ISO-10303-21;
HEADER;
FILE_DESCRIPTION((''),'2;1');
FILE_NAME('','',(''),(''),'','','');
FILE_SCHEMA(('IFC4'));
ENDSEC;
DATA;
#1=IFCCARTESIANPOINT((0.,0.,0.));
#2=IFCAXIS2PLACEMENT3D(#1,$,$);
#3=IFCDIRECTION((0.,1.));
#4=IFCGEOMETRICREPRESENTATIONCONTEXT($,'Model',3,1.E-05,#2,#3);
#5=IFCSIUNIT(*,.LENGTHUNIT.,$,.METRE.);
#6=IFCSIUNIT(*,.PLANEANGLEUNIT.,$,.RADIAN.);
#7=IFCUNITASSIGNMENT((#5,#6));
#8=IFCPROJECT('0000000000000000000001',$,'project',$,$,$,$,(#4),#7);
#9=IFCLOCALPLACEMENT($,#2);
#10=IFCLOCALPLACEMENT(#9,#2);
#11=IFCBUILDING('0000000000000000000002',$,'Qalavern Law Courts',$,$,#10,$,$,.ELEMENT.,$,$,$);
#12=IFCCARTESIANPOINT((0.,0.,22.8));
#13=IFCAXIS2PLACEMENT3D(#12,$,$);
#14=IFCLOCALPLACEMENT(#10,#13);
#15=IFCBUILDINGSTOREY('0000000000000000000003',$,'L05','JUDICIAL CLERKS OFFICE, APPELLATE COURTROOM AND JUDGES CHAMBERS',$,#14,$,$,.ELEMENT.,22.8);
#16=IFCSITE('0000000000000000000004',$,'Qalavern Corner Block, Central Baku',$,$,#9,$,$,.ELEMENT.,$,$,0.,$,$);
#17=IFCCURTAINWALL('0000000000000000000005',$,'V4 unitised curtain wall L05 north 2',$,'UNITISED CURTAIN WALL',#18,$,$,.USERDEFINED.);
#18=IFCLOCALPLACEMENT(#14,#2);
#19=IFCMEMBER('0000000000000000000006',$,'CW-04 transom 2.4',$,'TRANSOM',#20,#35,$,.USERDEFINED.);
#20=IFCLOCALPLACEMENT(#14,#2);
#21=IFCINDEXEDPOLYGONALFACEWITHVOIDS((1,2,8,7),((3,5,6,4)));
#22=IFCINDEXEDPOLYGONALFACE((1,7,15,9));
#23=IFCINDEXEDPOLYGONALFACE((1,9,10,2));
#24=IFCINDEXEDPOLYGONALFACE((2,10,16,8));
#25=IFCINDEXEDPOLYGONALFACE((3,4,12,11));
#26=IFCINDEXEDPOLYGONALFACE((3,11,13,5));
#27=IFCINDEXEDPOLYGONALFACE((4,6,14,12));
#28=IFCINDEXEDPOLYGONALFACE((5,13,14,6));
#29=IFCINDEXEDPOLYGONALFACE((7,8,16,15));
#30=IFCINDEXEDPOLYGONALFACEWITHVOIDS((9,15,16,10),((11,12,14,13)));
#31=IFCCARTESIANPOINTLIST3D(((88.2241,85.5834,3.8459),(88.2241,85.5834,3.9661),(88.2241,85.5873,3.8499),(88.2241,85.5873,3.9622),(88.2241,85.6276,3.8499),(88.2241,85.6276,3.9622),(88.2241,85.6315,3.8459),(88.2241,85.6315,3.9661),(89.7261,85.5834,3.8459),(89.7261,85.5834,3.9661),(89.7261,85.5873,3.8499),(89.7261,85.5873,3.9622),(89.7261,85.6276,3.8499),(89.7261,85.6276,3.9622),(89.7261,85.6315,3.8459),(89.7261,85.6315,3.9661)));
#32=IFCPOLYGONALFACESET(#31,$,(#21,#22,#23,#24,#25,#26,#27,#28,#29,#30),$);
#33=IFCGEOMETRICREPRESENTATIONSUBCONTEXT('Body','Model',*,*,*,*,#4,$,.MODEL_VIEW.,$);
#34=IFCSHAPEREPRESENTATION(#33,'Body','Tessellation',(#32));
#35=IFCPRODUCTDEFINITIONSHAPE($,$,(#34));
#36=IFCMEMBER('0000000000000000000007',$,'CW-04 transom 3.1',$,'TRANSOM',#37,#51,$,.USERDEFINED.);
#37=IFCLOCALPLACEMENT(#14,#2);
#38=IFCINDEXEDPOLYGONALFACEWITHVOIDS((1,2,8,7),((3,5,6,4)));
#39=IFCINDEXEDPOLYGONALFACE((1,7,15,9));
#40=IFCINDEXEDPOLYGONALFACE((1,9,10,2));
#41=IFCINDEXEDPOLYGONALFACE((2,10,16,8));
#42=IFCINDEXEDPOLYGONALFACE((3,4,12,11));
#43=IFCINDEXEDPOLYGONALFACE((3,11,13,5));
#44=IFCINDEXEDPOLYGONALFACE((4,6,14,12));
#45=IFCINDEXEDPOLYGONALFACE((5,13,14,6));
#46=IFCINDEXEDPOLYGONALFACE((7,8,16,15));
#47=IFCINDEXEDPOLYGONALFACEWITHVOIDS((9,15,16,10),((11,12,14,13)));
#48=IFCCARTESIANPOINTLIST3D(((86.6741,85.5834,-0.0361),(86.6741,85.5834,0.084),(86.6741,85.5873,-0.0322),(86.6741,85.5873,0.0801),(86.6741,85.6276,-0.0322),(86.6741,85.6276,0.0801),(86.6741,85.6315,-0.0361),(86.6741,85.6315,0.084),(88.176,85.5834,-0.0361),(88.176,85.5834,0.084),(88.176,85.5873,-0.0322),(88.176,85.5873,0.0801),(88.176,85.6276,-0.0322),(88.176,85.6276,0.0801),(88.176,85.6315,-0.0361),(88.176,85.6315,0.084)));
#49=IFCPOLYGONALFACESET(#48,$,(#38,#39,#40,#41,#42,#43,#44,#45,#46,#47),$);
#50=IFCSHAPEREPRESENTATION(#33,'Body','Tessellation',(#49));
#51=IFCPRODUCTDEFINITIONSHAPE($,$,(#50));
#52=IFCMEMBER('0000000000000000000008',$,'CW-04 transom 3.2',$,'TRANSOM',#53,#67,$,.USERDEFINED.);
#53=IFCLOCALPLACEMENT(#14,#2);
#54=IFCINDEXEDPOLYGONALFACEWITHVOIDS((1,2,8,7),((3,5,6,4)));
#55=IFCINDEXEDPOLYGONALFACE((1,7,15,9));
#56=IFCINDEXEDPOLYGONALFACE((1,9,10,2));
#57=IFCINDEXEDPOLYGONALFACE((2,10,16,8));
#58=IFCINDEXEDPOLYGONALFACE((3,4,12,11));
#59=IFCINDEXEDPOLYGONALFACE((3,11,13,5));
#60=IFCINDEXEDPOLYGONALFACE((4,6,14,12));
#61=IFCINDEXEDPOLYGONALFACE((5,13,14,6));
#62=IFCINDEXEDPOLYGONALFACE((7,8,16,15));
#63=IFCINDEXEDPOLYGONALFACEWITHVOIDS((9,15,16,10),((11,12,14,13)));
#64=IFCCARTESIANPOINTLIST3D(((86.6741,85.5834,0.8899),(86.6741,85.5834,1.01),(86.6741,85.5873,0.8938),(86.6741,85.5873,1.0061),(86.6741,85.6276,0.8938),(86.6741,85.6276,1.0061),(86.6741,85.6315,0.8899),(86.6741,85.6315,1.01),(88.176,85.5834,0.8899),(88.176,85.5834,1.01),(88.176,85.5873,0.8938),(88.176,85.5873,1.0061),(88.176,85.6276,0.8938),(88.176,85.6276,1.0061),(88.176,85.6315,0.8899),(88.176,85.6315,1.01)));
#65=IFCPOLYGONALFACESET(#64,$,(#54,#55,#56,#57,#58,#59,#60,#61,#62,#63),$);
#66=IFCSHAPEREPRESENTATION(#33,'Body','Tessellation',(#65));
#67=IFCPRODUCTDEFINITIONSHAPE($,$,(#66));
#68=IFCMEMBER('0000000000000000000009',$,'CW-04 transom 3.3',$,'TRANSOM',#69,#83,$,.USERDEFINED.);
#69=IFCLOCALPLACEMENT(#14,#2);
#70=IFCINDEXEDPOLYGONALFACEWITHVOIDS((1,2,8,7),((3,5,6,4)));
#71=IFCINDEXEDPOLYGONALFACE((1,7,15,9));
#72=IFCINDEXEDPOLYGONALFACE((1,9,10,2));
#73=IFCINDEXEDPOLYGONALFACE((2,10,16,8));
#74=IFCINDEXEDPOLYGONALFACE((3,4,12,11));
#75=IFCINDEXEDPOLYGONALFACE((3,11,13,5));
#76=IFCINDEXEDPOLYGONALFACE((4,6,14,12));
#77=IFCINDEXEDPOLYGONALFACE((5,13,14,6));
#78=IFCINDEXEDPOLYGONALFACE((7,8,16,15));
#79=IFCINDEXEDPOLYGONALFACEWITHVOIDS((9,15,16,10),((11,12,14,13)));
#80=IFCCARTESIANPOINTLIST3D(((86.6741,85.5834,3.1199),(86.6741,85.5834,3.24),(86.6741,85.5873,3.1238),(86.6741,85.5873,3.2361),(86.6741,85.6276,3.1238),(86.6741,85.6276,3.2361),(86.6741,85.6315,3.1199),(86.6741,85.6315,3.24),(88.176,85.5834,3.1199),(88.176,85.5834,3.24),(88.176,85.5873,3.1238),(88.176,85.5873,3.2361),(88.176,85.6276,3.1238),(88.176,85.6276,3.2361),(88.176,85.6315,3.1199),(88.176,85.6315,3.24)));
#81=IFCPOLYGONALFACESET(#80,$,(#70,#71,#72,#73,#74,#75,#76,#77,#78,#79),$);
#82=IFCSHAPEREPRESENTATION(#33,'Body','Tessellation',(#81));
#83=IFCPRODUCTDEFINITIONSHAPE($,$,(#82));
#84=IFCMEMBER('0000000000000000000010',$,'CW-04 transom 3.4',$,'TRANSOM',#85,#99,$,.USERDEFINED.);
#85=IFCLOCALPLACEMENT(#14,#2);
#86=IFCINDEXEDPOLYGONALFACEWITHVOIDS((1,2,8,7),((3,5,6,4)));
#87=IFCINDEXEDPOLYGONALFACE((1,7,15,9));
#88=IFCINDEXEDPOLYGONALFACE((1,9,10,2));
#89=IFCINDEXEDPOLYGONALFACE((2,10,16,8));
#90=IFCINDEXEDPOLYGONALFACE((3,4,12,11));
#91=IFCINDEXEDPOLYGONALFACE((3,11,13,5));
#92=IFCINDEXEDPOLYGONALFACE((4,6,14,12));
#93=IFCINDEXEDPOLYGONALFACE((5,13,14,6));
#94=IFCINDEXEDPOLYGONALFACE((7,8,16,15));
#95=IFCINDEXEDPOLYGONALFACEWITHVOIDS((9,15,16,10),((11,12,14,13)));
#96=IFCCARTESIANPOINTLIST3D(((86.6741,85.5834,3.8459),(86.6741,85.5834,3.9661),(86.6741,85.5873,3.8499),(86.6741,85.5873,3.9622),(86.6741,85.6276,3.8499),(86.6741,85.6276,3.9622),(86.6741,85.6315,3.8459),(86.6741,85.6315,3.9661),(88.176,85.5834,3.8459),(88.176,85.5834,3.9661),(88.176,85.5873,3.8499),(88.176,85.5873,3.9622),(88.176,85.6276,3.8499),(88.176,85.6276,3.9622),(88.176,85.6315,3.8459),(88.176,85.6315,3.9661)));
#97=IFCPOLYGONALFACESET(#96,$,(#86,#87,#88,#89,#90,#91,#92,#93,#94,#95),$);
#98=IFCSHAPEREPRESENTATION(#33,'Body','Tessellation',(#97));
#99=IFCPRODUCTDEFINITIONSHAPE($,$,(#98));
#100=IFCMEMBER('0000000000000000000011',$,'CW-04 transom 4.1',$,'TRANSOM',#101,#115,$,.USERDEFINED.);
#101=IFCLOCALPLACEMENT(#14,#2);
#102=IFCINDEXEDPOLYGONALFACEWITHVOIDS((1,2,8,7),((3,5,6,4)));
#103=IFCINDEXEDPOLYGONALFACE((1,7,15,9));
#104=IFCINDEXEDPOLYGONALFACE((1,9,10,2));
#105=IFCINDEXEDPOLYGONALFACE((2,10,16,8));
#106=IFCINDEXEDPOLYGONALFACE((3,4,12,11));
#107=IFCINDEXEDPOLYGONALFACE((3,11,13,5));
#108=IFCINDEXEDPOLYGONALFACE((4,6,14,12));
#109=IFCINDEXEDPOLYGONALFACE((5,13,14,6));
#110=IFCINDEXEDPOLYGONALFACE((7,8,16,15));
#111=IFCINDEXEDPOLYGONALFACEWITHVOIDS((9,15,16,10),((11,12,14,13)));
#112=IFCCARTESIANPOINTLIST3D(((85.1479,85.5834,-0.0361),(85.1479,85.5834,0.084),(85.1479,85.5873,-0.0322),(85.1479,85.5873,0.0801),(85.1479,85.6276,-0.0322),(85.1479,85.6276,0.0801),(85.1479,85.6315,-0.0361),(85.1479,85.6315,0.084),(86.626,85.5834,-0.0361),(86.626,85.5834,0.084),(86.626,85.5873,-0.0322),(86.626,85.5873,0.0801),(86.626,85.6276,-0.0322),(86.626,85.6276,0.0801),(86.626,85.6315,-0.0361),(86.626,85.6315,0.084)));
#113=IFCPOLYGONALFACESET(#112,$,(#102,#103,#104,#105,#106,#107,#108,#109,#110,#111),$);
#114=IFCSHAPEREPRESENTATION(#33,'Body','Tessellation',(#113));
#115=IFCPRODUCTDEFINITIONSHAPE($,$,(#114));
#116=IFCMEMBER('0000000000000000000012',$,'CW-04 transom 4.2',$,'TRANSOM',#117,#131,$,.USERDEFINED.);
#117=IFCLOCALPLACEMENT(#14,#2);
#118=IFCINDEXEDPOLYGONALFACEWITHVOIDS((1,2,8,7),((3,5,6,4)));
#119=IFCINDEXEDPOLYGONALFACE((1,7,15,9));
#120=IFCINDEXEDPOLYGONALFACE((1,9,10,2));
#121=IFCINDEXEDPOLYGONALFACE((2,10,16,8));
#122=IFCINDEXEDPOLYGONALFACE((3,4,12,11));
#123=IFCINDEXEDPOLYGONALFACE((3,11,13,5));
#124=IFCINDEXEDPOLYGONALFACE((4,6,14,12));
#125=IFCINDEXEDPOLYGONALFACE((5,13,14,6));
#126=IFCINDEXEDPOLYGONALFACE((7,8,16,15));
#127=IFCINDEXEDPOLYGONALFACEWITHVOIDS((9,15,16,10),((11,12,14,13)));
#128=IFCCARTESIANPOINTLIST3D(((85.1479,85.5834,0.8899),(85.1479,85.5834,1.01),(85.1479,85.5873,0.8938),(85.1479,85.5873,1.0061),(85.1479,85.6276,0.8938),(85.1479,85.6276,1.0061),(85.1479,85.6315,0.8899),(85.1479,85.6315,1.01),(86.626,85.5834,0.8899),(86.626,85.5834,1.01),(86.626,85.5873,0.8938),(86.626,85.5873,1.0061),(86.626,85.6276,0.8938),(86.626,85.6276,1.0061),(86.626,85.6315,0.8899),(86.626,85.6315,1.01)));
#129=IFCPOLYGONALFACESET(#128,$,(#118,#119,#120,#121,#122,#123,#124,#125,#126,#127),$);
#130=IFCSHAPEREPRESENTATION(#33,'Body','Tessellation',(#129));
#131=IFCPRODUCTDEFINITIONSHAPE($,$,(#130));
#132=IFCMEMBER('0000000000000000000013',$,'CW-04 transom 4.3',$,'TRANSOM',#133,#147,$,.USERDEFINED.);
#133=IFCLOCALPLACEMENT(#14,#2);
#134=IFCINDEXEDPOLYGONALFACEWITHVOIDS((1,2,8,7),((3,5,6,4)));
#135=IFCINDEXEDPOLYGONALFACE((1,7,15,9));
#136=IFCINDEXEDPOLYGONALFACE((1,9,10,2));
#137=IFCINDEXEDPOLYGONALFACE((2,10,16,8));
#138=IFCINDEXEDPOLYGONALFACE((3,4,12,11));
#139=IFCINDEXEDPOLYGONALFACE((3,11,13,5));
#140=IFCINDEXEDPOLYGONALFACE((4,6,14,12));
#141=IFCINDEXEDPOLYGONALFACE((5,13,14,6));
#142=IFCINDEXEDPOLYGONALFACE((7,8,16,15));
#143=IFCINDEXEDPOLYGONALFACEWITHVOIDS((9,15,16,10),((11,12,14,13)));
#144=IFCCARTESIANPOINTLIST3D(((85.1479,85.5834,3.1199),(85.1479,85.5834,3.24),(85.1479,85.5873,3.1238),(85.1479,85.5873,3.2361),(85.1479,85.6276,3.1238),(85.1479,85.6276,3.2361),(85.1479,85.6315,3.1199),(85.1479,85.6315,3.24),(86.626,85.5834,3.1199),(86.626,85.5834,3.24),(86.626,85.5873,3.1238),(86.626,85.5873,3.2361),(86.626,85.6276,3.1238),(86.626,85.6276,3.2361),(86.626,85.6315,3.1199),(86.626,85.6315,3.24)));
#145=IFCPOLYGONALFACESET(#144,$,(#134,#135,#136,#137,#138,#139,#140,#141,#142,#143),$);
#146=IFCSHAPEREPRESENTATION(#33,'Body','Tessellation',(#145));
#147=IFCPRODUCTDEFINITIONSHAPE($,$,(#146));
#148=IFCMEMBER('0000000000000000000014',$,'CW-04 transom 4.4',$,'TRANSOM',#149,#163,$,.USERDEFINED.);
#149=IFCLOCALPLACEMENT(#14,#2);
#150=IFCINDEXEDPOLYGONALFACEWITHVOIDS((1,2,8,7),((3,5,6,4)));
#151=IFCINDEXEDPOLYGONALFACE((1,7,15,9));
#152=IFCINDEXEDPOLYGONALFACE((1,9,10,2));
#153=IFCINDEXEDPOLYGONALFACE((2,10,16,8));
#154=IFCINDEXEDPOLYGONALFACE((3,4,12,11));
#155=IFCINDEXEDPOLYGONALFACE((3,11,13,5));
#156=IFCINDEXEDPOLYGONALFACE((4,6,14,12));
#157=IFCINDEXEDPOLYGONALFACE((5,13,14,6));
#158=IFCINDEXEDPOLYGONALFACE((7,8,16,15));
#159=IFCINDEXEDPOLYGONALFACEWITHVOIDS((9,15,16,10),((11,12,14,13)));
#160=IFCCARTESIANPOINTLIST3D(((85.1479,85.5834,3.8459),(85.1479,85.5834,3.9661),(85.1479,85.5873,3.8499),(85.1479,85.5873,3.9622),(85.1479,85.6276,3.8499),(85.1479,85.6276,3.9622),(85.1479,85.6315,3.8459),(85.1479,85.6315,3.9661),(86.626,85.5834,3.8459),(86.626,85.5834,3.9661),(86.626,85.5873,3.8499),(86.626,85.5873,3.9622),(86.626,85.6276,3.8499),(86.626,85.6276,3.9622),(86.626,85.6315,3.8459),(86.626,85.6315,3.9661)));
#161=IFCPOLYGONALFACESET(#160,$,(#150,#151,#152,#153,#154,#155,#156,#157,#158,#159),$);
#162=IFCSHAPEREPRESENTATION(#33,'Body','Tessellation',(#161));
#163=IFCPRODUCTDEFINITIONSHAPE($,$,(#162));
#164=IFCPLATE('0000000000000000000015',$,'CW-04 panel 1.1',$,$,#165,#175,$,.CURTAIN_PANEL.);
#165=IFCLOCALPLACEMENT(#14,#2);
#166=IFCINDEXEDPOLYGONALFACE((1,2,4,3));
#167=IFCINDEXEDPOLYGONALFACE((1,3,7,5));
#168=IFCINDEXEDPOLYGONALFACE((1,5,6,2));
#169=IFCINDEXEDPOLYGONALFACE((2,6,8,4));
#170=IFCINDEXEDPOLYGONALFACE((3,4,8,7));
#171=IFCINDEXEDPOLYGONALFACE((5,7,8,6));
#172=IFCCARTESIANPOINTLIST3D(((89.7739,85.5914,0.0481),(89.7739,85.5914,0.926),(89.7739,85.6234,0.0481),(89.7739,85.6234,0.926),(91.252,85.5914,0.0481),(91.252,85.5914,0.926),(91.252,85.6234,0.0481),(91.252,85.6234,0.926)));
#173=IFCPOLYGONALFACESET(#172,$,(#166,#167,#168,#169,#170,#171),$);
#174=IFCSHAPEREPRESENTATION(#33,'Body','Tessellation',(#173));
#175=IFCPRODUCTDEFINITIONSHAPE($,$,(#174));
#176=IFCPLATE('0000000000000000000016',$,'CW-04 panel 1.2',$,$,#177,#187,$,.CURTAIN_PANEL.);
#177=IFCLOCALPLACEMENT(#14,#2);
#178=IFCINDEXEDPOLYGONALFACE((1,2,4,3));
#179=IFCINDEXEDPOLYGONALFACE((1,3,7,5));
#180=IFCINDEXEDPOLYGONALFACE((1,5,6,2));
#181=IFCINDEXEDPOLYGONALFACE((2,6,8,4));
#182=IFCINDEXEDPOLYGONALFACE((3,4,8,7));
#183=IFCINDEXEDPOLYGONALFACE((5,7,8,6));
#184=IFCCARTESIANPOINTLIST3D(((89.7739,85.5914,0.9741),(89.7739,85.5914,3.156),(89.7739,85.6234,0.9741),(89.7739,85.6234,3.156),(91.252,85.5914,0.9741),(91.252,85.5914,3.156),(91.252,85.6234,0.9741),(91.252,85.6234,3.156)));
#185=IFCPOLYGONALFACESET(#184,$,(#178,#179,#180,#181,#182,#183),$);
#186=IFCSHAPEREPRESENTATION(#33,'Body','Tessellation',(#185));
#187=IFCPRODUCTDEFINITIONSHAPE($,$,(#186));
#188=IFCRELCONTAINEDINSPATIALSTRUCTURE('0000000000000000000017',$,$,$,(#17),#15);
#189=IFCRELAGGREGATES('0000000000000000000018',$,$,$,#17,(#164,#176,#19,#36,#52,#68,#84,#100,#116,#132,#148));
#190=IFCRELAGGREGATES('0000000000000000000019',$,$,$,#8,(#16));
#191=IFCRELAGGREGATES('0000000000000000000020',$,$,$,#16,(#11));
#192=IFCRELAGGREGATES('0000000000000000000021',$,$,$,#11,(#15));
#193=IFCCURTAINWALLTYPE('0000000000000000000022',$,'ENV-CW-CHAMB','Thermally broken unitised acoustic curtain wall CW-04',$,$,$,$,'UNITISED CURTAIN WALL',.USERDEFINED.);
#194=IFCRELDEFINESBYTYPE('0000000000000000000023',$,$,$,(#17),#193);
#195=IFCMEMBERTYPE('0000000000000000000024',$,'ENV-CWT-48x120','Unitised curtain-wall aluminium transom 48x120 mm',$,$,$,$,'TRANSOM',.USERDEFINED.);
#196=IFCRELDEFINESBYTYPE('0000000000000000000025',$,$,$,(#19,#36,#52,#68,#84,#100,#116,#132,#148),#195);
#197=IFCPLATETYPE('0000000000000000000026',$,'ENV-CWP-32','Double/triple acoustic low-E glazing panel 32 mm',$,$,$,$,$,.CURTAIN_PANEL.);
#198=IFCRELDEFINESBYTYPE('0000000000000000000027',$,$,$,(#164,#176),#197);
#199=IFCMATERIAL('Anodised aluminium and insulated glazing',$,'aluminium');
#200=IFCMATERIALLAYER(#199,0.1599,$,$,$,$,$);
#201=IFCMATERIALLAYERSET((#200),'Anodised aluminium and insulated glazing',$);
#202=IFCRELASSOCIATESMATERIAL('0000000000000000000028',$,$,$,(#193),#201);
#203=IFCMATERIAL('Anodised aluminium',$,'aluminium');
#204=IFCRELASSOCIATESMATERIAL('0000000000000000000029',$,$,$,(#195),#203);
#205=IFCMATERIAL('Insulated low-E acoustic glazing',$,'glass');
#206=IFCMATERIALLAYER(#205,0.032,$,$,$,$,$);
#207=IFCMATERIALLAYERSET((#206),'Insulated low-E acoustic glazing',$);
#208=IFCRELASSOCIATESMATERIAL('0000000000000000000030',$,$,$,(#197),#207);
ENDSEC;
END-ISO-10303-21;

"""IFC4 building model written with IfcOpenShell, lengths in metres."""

from ifc_helpers import new_model, si_unit, direction, frame, origin, origin_2d, place, context, subcontext, project, spatial, rectangle, hollow_rectangle, extrude, material, layer, layer_set, material_profile, profile_set, type_object, element, aggregate, save


model = new_model("IFC4")

# Units and contexts
model_context = context("Model", 3, precision=1e-05, world=origin(), true_north=direction((0.0, 1.0)))
body_context = subcontext(model_context, "Body", "Model", "MODEL_VIEW")
ifc_project = project(units=[si_unit("LENGTHUNIT", "METRE"), si_unit("PLANEANGLEUNIT", "RADIAN")], contexts=[model_context])

# Site, building, storey
site_placement = place(None, origin())
site = spatial("IfcSite", under=ifc_project, at=site_placement, Name="Qalavern Corner Block, Central Baku", CompositionType="ELEMENT", RefElevation=0.0)
building_placement = place(site_placement, origin())
building = spatial("IfcBuilding", under=site, at=building_placement, Name="Qalavern Law Courts", CompositionType="ELEMENT")
storey_placement = place(building_placement, frame((0.0, 0.0, 22.8)))
storey = spatial("IfcBuildingStorey", under=building, at=storey_placement, Name="L05", Description="JUDICIAL CLERKS OFFICE, APPELLATE COURTROOM AND JUDGES CHAMBERS", CompositionType="ELEMENT", Elevation=22.8)

# Curtain wall, members, plates
ifc_material_1 = material(Name="Anodised aluminium and insulated glazing", Category="aluminium")
ifc_layer_1 = layer(ifc_material_1, 0.1599)
ifc_layer_set_1 = layer_set([ifc_layer_1], Name="Anodised aluminium and insulated glazing")
curtain_wall_type = type_object("IfcCurtainWallType", Name="ENV-CW-CHAMB", Description="Thermally broken unitised acoustic curtain wall CW-04", ElementType="UNITISED CURTAIN WALL", PredefinedType="USERDEFINED", material=ifc_layer_set_1)
curtain_wall_placement = place(storey_placement, origin())
curtain_wall = element("IfcCurtainWall", 1, at=curtain_wall_placement, inside=storey, type_object=curtain_wall_type, Name="V4 unitised curtain wall L05 north 2", ObjectType="UNITISED CURTAIN WALL", PredefinedType="USERDEFINED")
ifc_material_2 = material(Name="Anodised aluminium", Category="aluminium")
ifc_material_profile_1 = material_profile(ifc_material_2, hollow_rectangle(XDim=0.0481, YDim=0.1201, WallThickness=0.0039, at=origin_2d()), Name="ALU TRANSOM 48x120")
ifc_profile_set_1 = profile_set([ifc_material_profile_1], Name="Anodised aluminium")
member_type_1 = type_object("IfcMemberType", Name="ENV-CWT-48x120", Description="Unitised curtain-wall aluminium transom 48x120 mm", ElementType="TRANSOM", PredefinedType="USERDEFINED", material=ifc_profile_set_1)
member_1_placement = place(storey_placement, frame((89.7261, 85.6074, 3.906), z_axis=(-1.0, 0.0, 0.0), x_axis=(0.0, -1.0, 0.0)))
member_1 = element("IfcMember", 2, at=member_1_placement, type_object=member_type_1, Name="CW-04 transom 2.4", ObjectType="TRANSOM", PredefinedType="USERDEFINED", context=body_context, shape_type="SweptSolid", body=[
    extrude(hollow_rectangle(XDim=0.0481, YDim=0.1201, WallThickness=0.0039, at=origin_2d()), origin(), (0.0, 0.0, 1.0), 1.502),
])
member_2_placement = place(storey_placement, frame((88.176, 85.6074, 0.0239), z_axis=(-1.0, 0.0, 0.0), x_axis=(0.0, -1.0, 0.0)))
member_2 = element("IfcMember", 3, at=member_2_placement, type_object=member_type_1, Name="CW-04 transom 3.1", ObjectType="TRANSOM", PredefinedType="USERDEFINED", context=body_context, shape_type="SweptSolid", body=[
    extrude(hollow_rectangle(XDim=0.0481, YDim=0.1201, WallThickness=0.0039, at=origin_2d()), origin(), (0.0, 0.0, 1.0), 1.502),
])
member_3_placement = place(storey_placement, frame((88.176, 85.6074, 0.95), z_axis=(-1.0, 0.0, 0.0), x_axis=(0.0, -1.0, 0.0)))
member_3 = element("IfcMember", 4, at=member_3_placement, type_object=member_type_1, Name="CW-04 transom 3.2", ObjectType="TRANSOM", PredefinedType="USERDEFINED", context=body_context, shape_type="SweptSolid", body=[
    extrude(hollow_rectangle(XDim=0.0481, YDim=0.1201, WallThickness=0.0039, at=origin_2d()), origin(), (0.0, 0.0, 1.0), 1.502),
])
member_4_placement = place(storey_placement, frame((88.176, 85.6074, 3.1799), z_axis=(-1.0, 0.0, 0.0), x_axis=(0.0, -1.0, 0.0)))
member_4 = element("IfcMember", 5, at=member_4_placement, type_object=member_type_1, Name="CW-04 transom 3.3", ObjectType="TRANSOM", PredefinedType="USERDEFINED", context=body_context, shape_type="SweptSolid", body=[
    extrude(hollow_rectangle(XDim=0.0481, YDim=0.1201, WallThickness=0.0039, at=origin_2d()), origin(), (0.0, 0.0, 1.0), 1.502),
])
member_5_placement = place(storey_placement, frame((88.176, 85.6074, 3.906), z_axis=(-1.0, 0.0, 0.0), x_axis=(0.0, -1.0, 0.0)))
member_5 = element("IfcMember", 6, at=member_5_placement, type_object=member_type_1, Name="CW-04 transom 3.4", ObjectType="TRANSOM", PredefinedType="USERDEFINED", context=body_context, shape_type="SweptSolid", body=[
    extrude(hollow_rectangle(XDim=0.0481, YDim=0.1201, WallThickness=0.0039, at=origin_2d()), origin(), (0.0, 0.0, 1.0), 1.502),
])
member_6_placement = place(storey_placement, frame((86.626, 85.6074, 0.0239), z_axis=(-1.0, 0.0, 0.0), x_axis=(0.0, -1.0, 0.0)))
member_6 = element("IfcMember", 7, at=member_6_placement, type_object=member_type_1, Name="CW-04 transom 4.1", ObjectType="TRANSOM", PredefinedType="USERDEFINED", context=body_context, shape_type="SweptSolid", body=[
    extrude(hollow_rectangle(XDim=0.0481, YDim=0.1201, WallThickness=0.0039, at=origin_2d()), origin(), (0.0, 0.0, 1.0), 1.478),
])
member_7_placement = place(storey_placement, frame((86.626, 85.6074, 0.95), z_axis=(-1.0, 0.0, 0.0), x_axis=(0.0, -1.0, 0.0)))
member_7 = element("IfcMember", 8, at=member_7_placement, type_object=member_type_1, Name="CW-04 transom 4.2", ObjectType="TRANSOM", PredefinedType="USERDEFINED", context=body_context, shape_type="SweptSolid", body=[
    extrude(hollow_rectangle(XDim=0.0481, YDim=0.1201, WallThickness=0.0039, at=origin_2d()), origin(), (0.0, 0.0, 1.0), 1.478),
])
member_8_placement = place(storey_placement, frame((86.626, 85.6074, 3.1799), z_axis=(-1.0, 0.0, 0.0), x_axis=(0.0, -1.0, 0.0)))
member_8 = element("IfcMember", 9, at=member_8_placement, type_object=member_type_1, Name="CW-04 transom 4.3", ObjectType="TRANSOM", PredefinedType="USERDEFINED", context=body_context, shape_type="SweptSolid", body=[
    extrude(hollow_rectangle(XDim=0.0481, YDim=0.1201, WallThickness=0.0039, at=origin_2d()), origin(), (0.0, 0.0, 1.0), 1.478),
])
member_9_placement = place(storey_placement, frame((86.626, 85.6074, 3.906), z_axis=(-1.0, 0.0, 0.0), x_axis=(0.0, -1.0, 0.0)))
member_9 = element("IfcMember", 10, at=member_9_placement, type_object=member_type_1, Name="CW-04 transom 4.4", ObjectType="TRANSOM", PredefinedType="USERDEFINED", context=body_context, shape_type="SweptSolid", body=[
    extrude(hollow_rectangle(XDim=0.0481, YDim=0.1201, WallThickness=0.0039, at=origin_2d()), origin(), (0.0, 0.0, 1.0), 1.478),
])
ifc_material_3 = material(Name="Insulated low-E acoustic glazing", Category="glass")
ifc_layer_2 = layer(ifc_material_3, 0.032)
ifc_layer_set_2 = layer_set([ifc_layer_2], Name="Insulated low-E acoustic glazing")
plate_type = type_object("IfcPlateType", Name="ENV-CWP-32", Description="Double/triple acoustic low-E glazing panel 32 mm", PredefinedType="CURTAIN_PANEL", material=ifc_layer_set_2)
plate_1_placement = place(storey_placement, frame((90.5129, 85.6074, 0.0481), z_axis=(0.0, 0.0, 1.0), x_axis=(-1.0, 0.0, 0.0)))
plate_1 = element("IfcPlate", 11, at=plate_1_placement, type_object=plate_type, Name="CW-04 panel 1.1", PredefinedType="CURTAIN_PANEL", context=body_context, shape_type="SweptSolid", body=[
    extrude(rectangle(XDim=1.478, YDim=0.032, at=origin_2d()), origin(), (0.0, 0.0, 1.0), 0.8779),
])
plate_2_placement = place(storey_placement, frame((90.5129, 85.6074, 0.9741), z_axis=(0.0, 0.0, 1.0), x_axis=(-1.0, 0.0, 0.0)))
plate_2 = element("IfcPlate", 12, at=plate_2_placement, type_object=plate_type, Name="CW-04 panel 1.2", PredefinedType="CURTAIN_PANEL", context=body_context, shape_type="SweptSolid", body=[
    extrude(rectangle(XDim=1.478, YDim=0.032, at=origin_2d()), origin(), (0.0, 0.0, 1.0), 2.1819),
])
aggregate(curtain_wall, [plate_1, plate_2, member_1, member_2, member_3, member_4, member_5, member_6, member_7, member_8, member_9])

save(model, "model.ifc")
